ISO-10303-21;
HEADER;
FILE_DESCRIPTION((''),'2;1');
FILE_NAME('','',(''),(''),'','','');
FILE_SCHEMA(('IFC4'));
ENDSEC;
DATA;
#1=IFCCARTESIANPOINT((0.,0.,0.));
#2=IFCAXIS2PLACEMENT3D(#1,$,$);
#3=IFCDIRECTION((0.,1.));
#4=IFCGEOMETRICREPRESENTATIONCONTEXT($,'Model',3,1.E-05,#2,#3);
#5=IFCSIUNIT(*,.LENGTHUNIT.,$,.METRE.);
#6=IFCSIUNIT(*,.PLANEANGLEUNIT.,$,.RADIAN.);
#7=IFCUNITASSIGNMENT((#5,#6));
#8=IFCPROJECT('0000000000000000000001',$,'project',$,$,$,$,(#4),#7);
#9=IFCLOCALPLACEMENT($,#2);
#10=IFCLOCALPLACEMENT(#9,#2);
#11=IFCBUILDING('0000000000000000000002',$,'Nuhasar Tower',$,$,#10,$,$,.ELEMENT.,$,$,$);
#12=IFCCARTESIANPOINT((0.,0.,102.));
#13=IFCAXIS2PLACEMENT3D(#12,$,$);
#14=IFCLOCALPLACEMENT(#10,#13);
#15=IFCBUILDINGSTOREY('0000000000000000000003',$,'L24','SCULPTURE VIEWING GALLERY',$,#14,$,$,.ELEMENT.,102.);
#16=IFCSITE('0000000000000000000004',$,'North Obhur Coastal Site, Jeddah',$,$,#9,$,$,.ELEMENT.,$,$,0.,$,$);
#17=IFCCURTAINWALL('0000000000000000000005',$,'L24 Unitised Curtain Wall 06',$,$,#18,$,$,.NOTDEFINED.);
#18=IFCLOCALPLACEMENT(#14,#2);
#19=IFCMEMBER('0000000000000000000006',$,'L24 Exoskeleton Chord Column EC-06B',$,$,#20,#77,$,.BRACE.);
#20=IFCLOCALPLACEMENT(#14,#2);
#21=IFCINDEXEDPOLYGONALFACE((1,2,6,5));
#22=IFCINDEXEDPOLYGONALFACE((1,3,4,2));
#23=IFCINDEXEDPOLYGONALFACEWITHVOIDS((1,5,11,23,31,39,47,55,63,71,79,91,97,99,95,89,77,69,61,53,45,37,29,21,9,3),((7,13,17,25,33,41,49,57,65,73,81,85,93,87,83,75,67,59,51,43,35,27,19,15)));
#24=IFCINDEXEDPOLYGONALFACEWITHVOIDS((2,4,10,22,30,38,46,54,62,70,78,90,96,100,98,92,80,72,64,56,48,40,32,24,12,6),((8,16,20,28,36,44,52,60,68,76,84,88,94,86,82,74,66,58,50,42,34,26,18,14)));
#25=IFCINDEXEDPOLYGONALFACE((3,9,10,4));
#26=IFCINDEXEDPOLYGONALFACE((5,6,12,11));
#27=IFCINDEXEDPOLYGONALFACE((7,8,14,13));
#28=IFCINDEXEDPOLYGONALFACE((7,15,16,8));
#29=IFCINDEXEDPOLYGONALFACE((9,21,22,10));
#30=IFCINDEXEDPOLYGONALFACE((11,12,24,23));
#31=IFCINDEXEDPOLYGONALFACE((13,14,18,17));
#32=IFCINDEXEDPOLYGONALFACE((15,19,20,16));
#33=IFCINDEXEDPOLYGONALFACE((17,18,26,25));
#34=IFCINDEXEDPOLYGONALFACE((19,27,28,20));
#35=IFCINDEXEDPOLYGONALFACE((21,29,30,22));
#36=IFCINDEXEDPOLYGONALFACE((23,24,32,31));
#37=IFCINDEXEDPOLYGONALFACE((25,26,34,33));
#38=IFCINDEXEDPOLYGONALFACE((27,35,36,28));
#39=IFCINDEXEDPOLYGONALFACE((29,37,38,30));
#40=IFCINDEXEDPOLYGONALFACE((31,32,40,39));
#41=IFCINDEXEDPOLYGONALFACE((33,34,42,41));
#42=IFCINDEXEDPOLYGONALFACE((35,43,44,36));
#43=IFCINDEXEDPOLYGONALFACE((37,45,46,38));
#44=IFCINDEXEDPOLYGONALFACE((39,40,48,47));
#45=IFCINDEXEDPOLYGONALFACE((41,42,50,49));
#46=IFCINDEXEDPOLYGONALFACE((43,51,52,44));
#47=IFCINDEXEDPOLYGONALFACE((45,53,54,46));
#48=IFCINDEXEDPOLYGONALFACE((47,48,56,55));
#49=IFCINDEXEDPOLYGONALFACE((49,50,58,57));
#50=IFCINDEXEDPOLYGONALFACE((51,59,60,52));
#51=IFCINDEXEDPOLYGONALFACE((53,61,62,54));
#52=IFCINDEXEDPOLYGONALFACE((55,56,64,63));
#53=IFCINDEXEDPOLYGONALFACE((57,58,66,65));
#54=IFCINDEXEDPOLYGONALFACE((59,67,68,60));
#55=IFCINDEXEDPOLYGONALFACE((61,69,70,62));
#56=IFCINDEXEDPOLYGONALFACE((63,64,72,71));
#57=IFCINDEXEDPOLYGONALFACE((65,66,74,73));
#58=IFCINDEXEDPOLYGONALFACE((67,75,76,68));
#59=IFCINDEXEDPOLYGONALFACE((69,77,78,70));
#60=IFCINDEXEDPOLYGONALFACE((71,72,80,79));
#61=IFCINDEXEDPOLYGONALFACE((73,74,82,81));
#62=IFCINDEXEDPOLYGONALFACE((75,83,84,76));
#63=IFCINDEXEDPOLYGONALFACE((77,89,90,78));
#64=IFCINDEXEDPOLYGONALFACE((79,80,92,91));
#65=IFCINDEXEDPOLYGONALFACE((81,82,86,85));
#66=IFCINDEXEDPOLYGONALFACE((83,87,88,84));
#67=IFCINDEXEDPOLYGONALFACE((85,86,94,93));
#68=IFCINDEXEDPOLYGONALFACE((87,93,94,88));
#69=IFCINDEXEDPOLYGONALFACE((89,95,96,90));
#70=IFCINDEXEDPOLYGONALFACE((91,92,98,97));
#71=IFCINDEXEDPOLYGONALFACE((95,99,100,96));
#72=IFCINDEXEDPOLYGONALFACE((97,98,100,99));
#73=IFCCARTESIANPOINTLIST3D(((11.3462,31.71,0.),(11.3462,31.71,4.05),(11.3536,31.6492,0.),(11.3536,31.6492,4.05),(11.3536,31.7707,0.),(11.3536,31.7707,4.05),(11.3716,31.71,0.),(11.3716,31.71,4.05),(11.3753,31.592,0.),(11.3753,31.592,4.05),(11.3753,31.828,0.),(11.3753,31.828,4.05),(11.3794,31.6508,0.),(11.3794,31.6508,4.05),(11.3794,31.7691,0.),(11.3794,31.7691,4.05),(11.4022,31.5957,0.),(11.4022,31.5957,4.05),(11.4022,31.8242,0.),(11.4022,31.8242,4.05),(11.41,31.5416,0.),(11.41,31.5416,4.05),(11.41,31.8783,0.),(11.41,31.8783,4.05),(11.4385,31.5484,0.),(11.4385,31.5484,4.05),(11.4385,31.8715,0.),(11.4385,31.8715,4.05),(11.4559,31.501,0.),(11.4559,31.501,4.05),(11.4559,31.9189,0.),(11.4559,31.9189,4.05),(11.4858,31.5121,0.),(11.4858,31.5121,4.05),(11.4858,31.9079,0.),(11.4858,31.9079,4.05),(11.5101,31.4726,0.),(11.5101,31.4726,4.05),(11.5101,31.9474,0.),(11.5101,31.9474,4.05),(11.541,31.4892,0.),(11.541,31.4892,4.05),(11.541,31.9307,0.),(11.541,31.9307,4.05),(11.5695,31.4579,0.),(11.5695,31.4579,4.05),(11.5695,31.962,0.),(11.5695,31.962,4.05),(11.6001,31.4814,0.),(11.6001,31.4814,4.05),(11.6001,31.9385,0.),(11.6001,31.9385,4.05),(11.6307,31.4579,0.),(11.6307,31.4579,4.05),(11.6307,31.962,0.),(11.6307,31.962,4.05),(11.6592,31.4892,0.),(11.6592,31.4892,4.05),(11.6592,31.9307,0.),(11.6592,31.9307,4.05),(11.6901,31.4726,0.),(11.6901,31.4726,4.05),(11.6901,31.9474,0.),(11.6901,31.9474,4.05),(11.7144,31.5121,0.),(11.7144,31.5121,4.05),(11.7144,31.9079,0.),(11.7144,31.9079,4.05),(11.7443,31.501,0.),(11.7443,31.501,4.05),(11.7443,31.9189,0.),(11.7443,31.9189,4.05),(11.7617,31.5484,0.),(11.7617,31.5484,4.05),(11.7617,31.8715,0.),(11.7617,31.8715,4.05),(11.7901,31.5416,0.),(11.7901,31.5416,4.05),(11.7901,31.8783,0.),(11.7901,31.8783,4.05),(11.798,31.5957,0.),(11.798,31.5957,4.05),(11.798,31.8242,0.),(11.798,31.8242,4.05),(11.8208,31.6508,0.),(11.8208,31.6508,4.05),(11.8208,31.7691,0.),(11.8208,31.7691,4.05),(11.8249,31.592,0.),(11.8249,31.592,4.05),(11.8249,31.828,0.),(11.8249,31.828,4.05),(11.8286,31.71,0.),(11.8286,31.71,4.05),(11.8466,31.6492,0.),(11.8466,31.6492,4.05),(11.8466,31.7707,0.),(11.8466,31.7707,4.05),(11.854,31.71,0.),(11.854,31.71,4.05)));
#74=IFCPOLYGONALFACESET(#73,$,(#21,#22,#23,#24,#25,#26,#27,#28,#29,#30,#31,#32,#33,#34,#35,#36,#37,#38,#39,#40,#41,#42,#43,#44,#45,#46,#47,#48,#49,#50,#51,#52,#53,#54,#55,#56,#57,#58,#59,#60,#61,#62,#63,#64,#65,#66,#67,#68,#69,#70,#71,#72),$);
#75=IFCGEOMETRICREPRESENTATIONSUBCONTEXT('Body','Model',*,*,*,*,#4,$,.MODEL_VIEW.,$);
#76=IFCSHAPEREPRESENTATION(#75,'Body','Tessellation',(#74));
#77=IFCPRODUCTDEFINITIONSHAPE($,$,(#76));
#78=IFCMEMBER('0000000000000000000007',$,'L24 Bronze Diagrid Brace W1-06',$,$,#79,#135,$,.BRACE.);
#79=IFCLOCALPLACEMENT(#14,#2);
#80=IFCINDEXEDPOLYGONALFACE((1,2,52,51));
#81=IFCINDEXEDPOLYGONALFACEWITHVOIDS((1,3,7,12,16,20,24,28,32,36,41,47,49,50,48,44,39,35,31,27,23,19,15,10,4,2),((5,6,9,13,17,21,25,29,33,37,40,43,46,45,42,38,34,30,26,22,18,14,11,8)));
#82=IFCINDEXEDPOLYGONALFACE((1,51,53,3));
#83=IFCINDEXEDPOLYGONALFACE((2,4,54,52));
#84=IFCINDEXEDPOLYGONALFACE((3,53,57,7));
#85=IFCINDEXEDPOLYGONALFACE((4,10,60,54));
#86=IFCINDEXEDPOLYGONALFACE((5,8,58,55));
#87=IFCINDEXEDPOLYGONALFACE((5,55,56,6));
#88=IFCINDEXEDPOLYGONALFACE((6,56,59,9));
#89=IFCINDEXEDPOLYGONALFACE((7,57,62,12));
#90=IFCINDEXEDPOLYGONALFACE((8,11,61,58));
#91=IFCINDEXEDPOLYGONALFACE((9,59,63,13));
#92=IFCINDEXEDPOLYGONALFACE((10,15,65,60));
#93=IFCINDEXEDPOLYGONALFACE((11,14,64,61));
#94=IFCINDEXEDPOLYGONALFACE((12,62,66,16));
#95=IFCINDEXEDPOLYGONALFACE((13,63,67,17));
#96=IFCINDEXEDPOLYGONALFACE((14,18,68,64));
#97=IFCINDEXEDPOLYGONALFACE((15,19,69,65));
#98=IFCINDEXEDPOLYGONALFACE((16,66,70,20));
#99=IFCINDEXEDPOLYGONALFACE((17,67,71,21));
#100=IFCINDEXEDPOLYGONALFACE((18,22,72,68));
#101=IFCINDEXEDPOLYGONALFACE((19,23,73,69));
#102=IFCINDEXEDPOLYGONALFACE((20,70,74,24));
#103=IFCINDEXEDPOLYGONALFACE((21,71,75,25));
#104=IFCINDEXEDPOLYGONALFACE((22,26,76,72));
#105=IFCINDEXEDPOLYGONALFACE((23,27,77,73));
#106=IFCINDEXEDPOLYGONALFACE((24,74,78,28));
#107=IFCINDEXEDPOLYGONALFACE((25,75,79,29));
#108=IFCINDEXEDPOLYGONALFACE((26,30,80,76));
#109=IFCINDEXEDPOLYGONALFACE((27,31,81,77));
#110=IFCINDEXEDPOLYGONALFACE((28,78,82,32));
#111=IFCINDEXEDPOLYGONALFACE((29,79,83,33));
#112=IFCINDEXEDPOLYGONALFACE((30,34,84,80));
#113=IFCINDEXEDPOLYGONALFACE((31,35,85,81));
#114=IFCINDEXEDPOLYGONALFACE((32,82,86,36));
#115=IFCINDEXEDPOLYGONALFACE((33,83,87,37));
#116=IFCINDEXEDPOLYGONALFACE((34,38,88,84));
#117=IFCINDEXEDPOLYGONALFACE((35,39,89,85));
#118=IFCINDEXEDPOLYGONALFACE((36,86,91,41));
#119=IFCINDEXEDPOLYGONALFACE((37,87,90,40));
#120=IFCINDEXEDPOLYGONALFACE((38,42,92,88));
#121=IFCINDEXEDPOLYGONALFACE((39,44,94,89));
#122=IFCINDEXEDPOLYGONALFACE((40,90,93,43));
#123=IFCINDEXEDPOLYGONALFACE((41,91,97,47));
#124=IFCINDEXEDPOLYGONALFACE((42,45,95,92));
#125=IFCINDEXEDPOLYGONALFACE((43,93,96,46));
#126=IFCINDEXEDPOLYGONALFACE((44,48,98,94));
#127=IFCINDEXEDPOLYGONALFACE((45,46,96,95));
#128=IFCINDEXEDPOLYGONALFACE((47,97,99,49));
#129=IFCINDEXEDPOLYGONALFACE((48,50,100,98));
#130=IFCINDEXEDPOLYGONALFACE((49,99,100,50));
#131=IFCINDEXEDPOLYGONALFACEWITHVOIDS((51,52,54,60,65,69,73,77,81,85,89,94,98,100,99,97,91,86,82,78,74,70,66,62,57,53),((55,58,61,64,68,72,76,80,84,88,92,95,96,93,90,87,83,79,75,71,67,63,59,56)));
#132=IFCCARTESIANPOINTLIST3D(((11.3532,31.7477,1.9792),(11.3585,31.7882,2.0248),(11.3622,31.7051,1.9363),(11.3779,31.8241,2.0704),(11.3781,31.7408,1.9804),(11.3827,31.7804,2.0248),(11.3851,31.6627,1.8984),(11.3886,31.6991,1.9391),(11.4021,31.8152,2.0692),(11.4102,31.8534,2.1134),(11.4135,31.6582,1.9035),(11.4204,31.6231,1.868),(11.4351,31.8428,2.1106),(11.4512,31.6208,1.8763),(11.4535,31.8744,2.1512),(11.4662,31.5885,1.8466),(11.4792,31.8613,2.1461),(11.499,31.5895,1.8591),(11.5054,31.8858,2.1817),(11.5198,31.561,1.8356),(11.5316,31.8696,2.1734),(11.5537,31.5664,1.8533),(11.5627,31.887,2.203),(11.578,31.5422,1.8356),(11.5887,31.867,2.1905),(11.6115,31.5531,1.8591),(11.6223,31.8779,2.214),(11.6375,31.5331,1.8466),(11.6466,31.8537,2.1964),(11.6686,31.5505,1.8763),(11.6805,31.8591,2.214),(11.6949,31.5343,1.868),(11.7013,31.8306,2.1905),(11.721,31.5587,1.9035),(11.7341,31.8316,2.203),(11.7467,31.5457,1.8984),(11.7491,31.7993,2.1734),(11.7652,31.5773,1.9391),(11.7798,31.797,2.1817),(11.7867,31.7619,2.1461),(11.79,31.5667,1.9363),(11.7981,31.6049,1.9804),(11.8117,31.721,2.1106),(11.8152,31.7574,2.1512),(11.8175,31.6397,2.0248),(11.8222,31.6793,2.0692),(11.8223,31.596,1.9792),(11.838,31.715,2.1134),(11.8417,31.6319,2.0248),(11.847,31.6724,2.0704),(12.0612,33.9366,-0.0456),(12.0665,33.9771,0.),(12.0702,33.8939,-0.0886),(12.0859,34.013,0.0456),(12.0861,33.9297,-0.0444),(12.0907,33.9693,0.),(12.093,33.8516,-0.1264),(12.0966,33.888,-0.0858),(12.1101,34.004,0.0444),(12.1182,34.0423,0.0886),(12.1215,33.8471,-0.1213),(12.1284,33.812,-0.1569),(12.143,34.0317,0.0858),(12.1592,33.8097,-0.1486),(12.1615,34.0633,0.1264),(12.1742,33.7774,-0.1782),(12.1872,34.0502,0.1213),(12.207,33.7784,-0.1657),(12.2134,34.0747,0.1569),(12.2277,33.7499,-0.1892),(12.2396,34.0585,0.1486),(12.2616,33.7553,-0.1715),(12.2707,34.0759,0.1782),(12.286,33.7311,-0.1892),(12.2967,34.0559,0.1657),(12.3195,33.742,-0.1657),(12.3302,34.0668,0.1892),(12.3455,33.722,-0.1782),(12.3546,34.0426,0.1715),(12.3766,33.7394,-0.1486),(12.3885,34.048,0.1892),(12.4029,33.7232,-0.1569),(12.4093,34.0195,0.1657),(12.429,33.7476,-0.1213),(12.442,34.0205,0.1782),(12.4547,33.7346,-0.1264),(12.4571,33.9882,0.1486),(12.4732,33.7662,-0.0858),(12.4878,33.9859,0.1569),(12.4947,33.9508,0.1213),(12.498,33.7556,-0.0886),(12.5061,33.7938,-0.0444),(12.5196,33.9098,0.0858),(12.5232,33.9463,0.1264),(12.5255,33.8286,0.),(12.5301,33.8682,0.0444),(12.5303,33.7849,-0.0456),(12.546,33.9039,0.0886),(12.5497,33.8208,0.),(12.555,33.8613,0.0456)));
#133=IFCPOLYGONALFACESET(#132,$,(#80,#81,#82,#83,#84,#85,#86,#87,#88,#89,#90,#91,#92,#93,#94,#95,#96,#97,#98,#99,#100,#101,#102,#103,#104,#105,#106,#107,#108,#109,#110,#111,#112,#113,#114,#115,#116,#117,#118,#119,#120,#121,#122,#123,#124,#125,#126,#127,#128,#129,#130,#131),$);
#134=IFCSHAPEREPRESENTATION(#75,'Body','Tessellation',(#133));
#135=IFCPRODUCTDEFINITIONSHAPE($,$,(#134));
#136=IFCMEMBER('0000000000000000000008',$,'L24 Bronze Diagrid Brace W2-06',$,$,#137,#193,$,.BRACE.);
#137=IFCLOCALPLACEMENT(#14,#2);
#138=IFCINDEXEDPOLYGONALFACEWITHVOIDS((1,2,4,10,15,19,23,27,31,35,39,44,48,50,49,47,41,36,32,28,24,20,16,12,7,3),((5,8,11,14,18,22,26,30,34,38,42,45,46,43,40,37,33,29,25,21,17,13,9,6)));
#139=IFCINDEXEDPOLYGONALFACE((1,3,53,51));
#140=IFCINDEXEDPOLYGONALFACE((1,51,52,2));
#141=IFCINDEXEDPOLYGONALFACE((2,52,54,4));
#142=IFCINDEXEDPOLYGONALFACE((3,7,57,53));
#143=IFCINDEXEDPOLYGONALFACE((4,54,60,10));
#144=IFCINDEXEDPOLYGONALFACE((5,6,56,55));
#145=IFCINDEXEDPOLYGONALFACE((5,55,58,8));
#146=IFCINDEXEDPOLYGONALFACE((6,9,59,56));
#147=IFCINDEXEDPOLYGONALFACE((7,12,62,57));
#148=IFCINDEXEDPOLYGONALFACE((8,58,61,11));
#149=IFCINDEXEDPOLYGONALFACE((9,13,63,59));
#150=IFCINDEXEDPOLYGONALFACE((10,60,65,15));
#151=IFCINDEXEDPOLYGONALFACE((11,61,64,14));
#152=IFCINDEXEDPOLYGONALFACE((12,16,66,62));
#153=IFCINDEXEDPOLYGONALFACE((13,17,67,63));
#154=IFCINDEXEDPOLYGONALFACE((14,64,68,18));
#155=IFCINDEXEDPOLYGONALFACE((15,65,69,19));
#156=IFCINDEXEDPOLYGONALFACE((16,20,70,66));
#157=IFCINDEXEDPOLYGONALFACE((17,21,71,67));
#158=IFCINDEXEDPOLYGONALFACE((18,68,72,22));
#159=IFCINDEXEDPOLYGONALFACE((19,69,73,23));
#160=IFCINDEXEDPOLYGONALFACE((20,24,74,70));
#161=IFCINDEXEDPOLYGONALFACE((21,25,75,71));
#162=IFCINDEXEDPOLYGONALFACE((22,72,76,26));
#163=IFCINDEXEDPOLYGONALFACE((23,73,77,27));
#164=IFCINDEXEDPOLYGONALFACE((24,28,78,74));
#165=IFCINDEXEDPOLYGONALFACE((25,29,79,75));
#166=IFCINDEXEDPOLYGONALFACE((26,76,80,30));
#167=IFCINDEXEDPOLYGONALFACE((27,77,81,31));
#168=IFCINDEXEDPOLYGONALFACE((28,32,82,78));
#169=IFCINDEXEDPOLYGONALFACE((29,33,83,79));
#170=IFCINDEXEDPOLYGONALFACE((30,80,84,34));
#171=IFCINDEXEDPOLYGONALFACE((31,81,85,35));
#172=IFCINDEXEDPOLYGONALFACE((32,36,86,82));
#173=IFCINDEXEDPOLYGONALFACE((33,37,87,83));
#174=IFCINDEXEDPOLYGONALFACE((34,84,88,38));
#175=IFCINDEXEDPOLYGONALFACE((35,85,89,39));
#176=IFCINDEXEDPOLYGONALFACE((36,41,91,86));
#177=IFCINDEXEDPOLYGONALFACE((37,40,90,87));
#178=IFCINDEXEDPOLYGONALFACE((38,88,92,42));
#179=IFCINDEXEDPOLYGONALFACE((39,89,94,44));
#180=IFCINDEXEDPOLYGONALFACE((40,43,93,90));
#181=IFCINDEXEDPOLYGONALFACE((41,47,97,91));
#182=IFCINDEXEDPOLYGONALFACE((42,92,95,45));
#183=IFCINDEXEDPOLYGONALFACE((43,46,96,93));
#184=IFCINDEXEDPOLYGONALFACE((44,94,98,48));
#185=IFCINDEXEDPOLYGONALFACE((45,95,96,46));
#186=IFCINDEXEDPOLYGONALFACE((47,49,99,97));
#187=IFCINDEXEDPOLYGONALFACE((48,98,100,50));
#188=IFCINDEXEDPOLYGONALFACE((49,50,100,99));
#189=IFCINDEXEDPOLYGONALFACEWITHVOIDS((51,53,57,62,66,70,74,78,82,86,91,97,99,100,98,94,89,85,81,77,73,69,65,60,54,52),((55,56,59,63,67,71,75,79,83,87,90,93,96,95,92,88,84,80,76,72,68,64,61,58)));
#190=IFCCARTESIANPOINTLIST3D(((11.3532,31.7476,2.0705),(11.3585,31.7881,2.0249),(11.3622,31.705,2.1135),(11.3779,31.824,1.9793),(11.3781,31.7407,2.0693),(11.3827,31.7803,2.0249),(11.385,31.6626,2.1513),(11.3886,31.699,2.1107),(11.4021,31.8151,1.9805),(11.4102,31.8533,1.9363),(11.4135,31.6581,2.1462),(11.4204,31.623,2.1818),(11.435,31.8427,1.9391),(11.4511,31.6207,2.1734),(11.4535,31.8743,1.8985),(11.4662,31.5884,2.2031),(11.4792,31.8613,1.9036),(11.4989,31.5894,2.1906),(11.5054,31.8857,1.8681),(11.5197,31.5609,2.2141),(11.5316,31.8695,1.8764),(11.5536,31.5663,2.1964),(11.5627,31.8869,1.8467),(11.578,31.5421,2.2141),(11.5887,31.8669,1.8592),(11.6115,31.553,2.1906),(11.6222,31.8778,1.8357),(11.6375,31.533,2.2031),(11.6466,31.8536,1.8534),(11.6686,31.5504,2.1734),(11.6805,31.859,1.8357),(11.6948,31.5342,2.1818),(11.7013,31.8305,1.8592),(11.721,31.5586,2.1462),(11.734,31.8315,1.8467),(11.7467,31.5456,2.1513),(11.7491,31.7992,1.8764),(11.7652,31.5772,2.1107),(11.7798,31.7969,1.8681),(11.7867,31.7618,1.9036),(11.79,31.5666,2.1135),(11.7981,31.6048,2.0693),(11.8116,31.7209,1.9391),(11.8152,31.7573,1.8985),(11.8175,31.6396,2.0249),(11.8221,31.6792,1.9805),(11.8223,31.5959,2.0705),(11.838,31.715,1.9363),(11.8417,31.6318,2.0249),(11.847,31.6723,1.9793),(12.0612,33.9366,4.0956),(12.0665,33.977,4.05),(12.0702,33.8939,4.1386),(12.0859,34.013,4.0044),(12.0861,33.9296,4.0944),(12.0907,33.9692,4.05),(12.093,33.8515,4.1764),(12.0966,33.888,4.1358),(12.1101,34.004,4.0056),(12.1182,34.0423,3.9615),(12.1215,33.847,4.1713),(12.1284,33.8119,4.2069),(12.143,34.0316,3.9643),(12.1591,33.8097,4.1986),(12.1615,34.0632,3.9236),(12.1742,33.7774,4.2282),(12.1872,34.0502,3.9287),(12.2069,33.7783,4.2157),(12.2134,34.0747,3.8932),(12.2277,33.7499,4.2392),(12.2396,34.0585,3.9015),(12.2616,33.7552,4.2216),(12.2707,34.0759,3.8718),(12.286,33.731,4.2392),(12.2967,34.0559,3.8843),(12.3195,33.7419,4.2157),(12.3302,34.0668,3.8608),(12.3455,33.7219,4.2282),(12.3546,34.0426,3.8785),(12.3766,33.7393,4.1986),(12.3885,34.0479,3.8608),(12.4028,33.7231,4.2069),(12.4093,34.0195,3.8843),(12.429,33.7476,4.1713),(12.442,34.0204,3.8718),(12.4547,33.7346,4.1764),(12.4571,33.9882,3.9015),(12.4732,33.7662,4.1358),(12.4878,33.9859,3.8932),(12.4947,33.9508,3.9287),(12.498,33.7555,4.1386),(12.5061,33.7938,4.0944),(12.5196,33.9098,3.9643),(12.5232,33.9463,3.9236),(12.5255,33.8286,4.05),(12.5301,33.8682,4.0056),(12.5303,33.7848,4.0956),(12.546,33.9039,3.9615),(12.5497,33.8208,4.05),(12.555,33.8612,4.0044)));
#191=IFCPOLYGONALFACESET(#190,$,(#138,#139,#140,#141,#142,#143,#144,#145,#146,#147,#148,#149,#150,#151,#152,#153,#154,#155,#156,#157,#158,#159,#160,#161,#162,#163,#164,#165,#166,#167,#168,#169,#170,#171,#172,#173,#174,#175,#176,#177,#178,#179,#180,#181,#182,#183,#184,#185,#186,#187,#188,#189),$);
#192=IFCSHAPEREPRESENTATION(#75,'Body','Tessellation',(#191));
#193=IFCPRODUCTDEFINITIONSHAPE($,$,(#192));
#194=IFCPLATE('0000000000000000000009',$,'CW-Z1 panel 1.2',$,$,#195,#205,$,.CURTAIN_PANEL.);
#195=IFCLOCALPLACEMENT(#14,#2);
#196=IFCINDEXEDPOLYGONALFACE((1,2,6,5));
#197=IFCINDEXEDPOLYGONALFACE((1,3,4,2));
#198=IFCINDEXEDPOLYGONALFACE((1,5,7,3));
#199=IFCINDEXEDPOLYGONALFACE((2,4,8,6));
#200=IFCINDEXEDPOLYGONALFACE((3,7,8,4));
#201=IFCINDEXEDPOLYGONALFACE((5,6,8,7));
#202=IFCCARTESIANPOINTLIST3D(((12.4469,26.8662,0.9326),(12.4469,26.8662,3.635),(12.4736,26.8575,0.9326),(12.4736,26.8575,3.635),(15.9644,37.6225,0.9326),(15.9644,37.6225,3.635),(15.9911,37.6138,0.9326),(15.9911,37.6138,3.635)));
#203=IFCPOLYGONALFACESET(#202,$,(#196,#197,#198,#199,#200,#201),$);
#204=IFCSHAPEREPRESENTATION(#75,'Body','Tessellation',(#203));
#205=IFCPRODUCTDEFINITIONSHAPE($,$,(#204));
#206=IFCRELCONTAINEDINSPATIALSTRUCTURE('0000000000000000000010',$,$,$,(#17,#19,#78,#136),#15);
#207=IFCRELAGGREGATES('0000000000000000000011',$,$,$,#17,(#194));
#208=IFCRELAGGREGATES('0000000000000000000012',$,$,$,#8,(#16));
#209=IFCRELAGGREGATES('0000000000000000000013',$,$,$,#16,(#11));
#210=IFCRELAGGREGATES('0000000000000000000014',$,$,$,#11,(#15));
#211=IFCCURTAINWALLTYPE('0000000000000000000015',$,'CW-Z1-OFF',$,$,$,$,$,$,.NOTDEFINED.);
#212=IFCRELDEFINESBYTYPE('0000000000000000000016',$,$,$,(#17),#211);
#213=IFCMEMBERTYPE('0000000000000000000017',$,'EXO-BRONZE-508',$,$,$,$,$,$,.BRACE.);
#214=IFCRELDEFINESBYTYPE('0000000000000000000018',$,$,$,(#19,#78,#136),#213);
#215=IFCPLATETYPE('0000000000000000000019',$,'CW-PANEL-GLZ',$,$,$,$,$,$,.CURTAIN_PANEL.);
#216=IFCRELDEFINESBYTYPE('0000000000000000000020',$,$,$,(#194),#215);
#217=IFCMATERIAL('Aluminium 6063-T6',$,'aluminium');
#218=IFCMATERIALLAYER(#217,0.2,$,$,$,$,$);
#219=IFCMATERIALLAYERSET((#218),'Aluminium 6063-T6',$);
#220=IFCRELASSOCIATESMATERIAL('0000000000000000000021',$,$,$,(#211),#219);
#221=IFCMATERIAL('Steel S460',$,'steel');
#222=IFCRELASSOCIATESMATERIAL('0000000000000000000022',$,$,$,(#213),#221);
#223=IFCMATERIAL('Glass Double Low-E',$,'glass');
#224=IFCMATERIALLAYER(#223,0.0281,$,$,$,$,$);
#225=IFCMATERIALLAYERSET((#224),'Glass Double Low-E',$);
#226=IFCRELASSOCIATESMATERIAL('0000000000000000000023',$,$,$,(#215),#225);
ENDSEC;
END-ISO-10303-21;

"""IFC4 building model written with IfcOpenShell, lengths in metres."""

from ifc_helpers import new_model, si_unit, direction, frame, origin, origin_2d, place, context, subcontext, project, spatial, rectangle, hollow_circle, extrude, material, layer, layer_set, material_profile, profile_set, type_object, element, aggregate, save


model = new_model("IFC4")

# Units and contexts
model_context = context("Model", 3, precision=1e-05, world=origin(), true_north=direction((0.0, 1.0)))
body_context = subcontext(model_context, "Body", "Model", "MODEL_VIEW")
ifc_project = project(units=[si_unit("LENGTHUNIT", "METRE"), si_unit("PLANEANGLEUNIT", "RADIAN")], contexts=[model_context])

# Site, building, storey
site_placement = place(None, origin())
site = spatial("IfcSite", under=ifc_project, at=site_placement, Name="North Obhur Coastal Site, Jeddah", CompositionType="ELEMENT", RefElevation=0.0)
building_placement = place(site_placement, origin())
building = spatial("IfcBuilding", under=site, at=building_placement, Name="Nuhasar Tower", CompositionType="ELEMENT")
storey_placement = place(building_placement, frame((0.0, 0.0, 102.0)))
storey = spatial("IfcBuildingStorey", under=building, at=storey_placement, Name="L24", Description="SCULPTURE VIEWING GALLERY", CompositionType="ELEMENT", Elevation=102.0)

# Curtain wall
ifc_material_1 = material(Name="Aluminium 6063-T6", Category="aluminium")
ifc_layer_1 = layer(ifc_material_1, 0.2)
ifc_layer_set_1 = layer_set([ifc_layer_1], Name="Aluminium 6063-T6")
curtain_wall_type = type_object("IfcCurtainWallType", Name="CW-Z1-OFF", PredefinedType="NOTDEFINED", material=ifc_layer_set_1)
curtain_wall_1_placement = place(storey_placement, origin())
curtain_wall_1 = element("IfcCurtainWall", 1, at=curtain_wall_1_placement, inside=storey, type_object=curtain_wall_type, Name="L24 Unitised Curtain Wall 06", PredefinedType="NOTDEFINED")

# Members
ifc_material_2 = material(Name="Steel S460", Category="steel")
ifc_material_profile_1 = material_profile(ifc_material_2, hollow_circle(Radius=0.2539, WallThickness=0.0254, at=origin_2d()), Name="HSS508X25.4")
ifc_profile_set_1 = profile_set([ifc_material_profile_1], Name="Steel S460")
member_type_1 = type_object("IfcMemberType", Name="EXO-BRONZE-508", PredefinedType="BRACE", material=ifc_profile_set_1)
for number, where, z_axis, x_axis, name in (
    (2, (11.6001, 31.71, 0.0), (0.0, 0.0, 1.0), (1.0, 0.0, 0.0), "L24 Exoskeleton Chord Column EC-06B"),
):
    element("IfcMember", number, at=place(storey_placement, frame(where, z_axis=z_axis, x_axis=x_axis)), inside=storey, type_object=member_type_1, Name=name, PredefinedType="BRACE", context=body_context, shape_type="SweptSolid", body=[
        extrude(hollow_circle(Radius=0.2539, WallThickness=0.0254, at=origin_2d()), origin(), (0.0, 0.0, 1.0), 4.05),
    ])
member_1_placement = place(storey_placement, frame((12.3081, 33.8989, 0.0), z_axis=(-0.231012, -0.714225, 0.660694), x_axis=(0.951468, -0.307747, 0.0)))
element("IfcMember", 3, at=member_1_placement, inside=storey, type_object=member_type_1, Name="L24 Bronze Diagrid Brace W1-06", PredefinedType="BRACE", context=body_context, shape_type="SweptSolid", body=[
    extrude(hollow_circle(Radius=0.2539, WallThickness=0.0254, at=origin_2d()), origin(), (0.0, 0.0, 1.0), 3.0647),
])
member_2_placement = place(storey_placement, frame((11.6001, 31.71, 2.0249), z_axis=(0.231, 0.714187, 0.660739), x_axis=(-0.951468, 0.307747, 0.0)))
element("IfcMember", 4, at=member_2_placement, inside=storey, type_object=member_type_1, Name="L24 Bronze Diagrid Brace W2-06", PredefinedType="BRACE", context=body_context, shape_type="SweptSolid", body=[
    extrude(hollow_circle(Radius=0.2539, WallThickness=0.0254, at=origin_2d()), origin(), (0.0, 0.0, 1.0), 3.0649),
])

# Plate
ifc_material_3 = material(Name="Glass Double Low-E", Category="glass")
ifc_layer_2 = layer(ifc_material_3, 0.0281)
ifc_layer_set_2 = layer_set([ifc_layer_2], Name="Glass Double Low-E")
plate_type_1 = type_object("IfcPlateType", Name="CW-PANEL-GLZ", PredefinedType="CURTAIN_PANEL", material=ifc_layer_set_2)
plate_1_placement = place(storey_placement, frame((14.219, 32.24, 0.9326), z_axis=(0.0, 0.0, 1.0), x_axis=(-0.310824, -0.950468, 0.0)))
plate_1 = element("IfcPlate", 5, at=plate_1_placement, type_object=plate_type_1, Name="CW-Z1 panel 1.2", PredefinedType="CURTAIN_PANEL", context=body_context, shape_type="SweptSolid", body=[
    extrude(rectangle(XDim=11.3169, YDim=0.0281, at=origin_2d()), origin(), (0.0, 0.0, 1.0), 2.7024),
])
aggregate(curtain_wall_1, [plate_1])

save(model, "model.ifc")
